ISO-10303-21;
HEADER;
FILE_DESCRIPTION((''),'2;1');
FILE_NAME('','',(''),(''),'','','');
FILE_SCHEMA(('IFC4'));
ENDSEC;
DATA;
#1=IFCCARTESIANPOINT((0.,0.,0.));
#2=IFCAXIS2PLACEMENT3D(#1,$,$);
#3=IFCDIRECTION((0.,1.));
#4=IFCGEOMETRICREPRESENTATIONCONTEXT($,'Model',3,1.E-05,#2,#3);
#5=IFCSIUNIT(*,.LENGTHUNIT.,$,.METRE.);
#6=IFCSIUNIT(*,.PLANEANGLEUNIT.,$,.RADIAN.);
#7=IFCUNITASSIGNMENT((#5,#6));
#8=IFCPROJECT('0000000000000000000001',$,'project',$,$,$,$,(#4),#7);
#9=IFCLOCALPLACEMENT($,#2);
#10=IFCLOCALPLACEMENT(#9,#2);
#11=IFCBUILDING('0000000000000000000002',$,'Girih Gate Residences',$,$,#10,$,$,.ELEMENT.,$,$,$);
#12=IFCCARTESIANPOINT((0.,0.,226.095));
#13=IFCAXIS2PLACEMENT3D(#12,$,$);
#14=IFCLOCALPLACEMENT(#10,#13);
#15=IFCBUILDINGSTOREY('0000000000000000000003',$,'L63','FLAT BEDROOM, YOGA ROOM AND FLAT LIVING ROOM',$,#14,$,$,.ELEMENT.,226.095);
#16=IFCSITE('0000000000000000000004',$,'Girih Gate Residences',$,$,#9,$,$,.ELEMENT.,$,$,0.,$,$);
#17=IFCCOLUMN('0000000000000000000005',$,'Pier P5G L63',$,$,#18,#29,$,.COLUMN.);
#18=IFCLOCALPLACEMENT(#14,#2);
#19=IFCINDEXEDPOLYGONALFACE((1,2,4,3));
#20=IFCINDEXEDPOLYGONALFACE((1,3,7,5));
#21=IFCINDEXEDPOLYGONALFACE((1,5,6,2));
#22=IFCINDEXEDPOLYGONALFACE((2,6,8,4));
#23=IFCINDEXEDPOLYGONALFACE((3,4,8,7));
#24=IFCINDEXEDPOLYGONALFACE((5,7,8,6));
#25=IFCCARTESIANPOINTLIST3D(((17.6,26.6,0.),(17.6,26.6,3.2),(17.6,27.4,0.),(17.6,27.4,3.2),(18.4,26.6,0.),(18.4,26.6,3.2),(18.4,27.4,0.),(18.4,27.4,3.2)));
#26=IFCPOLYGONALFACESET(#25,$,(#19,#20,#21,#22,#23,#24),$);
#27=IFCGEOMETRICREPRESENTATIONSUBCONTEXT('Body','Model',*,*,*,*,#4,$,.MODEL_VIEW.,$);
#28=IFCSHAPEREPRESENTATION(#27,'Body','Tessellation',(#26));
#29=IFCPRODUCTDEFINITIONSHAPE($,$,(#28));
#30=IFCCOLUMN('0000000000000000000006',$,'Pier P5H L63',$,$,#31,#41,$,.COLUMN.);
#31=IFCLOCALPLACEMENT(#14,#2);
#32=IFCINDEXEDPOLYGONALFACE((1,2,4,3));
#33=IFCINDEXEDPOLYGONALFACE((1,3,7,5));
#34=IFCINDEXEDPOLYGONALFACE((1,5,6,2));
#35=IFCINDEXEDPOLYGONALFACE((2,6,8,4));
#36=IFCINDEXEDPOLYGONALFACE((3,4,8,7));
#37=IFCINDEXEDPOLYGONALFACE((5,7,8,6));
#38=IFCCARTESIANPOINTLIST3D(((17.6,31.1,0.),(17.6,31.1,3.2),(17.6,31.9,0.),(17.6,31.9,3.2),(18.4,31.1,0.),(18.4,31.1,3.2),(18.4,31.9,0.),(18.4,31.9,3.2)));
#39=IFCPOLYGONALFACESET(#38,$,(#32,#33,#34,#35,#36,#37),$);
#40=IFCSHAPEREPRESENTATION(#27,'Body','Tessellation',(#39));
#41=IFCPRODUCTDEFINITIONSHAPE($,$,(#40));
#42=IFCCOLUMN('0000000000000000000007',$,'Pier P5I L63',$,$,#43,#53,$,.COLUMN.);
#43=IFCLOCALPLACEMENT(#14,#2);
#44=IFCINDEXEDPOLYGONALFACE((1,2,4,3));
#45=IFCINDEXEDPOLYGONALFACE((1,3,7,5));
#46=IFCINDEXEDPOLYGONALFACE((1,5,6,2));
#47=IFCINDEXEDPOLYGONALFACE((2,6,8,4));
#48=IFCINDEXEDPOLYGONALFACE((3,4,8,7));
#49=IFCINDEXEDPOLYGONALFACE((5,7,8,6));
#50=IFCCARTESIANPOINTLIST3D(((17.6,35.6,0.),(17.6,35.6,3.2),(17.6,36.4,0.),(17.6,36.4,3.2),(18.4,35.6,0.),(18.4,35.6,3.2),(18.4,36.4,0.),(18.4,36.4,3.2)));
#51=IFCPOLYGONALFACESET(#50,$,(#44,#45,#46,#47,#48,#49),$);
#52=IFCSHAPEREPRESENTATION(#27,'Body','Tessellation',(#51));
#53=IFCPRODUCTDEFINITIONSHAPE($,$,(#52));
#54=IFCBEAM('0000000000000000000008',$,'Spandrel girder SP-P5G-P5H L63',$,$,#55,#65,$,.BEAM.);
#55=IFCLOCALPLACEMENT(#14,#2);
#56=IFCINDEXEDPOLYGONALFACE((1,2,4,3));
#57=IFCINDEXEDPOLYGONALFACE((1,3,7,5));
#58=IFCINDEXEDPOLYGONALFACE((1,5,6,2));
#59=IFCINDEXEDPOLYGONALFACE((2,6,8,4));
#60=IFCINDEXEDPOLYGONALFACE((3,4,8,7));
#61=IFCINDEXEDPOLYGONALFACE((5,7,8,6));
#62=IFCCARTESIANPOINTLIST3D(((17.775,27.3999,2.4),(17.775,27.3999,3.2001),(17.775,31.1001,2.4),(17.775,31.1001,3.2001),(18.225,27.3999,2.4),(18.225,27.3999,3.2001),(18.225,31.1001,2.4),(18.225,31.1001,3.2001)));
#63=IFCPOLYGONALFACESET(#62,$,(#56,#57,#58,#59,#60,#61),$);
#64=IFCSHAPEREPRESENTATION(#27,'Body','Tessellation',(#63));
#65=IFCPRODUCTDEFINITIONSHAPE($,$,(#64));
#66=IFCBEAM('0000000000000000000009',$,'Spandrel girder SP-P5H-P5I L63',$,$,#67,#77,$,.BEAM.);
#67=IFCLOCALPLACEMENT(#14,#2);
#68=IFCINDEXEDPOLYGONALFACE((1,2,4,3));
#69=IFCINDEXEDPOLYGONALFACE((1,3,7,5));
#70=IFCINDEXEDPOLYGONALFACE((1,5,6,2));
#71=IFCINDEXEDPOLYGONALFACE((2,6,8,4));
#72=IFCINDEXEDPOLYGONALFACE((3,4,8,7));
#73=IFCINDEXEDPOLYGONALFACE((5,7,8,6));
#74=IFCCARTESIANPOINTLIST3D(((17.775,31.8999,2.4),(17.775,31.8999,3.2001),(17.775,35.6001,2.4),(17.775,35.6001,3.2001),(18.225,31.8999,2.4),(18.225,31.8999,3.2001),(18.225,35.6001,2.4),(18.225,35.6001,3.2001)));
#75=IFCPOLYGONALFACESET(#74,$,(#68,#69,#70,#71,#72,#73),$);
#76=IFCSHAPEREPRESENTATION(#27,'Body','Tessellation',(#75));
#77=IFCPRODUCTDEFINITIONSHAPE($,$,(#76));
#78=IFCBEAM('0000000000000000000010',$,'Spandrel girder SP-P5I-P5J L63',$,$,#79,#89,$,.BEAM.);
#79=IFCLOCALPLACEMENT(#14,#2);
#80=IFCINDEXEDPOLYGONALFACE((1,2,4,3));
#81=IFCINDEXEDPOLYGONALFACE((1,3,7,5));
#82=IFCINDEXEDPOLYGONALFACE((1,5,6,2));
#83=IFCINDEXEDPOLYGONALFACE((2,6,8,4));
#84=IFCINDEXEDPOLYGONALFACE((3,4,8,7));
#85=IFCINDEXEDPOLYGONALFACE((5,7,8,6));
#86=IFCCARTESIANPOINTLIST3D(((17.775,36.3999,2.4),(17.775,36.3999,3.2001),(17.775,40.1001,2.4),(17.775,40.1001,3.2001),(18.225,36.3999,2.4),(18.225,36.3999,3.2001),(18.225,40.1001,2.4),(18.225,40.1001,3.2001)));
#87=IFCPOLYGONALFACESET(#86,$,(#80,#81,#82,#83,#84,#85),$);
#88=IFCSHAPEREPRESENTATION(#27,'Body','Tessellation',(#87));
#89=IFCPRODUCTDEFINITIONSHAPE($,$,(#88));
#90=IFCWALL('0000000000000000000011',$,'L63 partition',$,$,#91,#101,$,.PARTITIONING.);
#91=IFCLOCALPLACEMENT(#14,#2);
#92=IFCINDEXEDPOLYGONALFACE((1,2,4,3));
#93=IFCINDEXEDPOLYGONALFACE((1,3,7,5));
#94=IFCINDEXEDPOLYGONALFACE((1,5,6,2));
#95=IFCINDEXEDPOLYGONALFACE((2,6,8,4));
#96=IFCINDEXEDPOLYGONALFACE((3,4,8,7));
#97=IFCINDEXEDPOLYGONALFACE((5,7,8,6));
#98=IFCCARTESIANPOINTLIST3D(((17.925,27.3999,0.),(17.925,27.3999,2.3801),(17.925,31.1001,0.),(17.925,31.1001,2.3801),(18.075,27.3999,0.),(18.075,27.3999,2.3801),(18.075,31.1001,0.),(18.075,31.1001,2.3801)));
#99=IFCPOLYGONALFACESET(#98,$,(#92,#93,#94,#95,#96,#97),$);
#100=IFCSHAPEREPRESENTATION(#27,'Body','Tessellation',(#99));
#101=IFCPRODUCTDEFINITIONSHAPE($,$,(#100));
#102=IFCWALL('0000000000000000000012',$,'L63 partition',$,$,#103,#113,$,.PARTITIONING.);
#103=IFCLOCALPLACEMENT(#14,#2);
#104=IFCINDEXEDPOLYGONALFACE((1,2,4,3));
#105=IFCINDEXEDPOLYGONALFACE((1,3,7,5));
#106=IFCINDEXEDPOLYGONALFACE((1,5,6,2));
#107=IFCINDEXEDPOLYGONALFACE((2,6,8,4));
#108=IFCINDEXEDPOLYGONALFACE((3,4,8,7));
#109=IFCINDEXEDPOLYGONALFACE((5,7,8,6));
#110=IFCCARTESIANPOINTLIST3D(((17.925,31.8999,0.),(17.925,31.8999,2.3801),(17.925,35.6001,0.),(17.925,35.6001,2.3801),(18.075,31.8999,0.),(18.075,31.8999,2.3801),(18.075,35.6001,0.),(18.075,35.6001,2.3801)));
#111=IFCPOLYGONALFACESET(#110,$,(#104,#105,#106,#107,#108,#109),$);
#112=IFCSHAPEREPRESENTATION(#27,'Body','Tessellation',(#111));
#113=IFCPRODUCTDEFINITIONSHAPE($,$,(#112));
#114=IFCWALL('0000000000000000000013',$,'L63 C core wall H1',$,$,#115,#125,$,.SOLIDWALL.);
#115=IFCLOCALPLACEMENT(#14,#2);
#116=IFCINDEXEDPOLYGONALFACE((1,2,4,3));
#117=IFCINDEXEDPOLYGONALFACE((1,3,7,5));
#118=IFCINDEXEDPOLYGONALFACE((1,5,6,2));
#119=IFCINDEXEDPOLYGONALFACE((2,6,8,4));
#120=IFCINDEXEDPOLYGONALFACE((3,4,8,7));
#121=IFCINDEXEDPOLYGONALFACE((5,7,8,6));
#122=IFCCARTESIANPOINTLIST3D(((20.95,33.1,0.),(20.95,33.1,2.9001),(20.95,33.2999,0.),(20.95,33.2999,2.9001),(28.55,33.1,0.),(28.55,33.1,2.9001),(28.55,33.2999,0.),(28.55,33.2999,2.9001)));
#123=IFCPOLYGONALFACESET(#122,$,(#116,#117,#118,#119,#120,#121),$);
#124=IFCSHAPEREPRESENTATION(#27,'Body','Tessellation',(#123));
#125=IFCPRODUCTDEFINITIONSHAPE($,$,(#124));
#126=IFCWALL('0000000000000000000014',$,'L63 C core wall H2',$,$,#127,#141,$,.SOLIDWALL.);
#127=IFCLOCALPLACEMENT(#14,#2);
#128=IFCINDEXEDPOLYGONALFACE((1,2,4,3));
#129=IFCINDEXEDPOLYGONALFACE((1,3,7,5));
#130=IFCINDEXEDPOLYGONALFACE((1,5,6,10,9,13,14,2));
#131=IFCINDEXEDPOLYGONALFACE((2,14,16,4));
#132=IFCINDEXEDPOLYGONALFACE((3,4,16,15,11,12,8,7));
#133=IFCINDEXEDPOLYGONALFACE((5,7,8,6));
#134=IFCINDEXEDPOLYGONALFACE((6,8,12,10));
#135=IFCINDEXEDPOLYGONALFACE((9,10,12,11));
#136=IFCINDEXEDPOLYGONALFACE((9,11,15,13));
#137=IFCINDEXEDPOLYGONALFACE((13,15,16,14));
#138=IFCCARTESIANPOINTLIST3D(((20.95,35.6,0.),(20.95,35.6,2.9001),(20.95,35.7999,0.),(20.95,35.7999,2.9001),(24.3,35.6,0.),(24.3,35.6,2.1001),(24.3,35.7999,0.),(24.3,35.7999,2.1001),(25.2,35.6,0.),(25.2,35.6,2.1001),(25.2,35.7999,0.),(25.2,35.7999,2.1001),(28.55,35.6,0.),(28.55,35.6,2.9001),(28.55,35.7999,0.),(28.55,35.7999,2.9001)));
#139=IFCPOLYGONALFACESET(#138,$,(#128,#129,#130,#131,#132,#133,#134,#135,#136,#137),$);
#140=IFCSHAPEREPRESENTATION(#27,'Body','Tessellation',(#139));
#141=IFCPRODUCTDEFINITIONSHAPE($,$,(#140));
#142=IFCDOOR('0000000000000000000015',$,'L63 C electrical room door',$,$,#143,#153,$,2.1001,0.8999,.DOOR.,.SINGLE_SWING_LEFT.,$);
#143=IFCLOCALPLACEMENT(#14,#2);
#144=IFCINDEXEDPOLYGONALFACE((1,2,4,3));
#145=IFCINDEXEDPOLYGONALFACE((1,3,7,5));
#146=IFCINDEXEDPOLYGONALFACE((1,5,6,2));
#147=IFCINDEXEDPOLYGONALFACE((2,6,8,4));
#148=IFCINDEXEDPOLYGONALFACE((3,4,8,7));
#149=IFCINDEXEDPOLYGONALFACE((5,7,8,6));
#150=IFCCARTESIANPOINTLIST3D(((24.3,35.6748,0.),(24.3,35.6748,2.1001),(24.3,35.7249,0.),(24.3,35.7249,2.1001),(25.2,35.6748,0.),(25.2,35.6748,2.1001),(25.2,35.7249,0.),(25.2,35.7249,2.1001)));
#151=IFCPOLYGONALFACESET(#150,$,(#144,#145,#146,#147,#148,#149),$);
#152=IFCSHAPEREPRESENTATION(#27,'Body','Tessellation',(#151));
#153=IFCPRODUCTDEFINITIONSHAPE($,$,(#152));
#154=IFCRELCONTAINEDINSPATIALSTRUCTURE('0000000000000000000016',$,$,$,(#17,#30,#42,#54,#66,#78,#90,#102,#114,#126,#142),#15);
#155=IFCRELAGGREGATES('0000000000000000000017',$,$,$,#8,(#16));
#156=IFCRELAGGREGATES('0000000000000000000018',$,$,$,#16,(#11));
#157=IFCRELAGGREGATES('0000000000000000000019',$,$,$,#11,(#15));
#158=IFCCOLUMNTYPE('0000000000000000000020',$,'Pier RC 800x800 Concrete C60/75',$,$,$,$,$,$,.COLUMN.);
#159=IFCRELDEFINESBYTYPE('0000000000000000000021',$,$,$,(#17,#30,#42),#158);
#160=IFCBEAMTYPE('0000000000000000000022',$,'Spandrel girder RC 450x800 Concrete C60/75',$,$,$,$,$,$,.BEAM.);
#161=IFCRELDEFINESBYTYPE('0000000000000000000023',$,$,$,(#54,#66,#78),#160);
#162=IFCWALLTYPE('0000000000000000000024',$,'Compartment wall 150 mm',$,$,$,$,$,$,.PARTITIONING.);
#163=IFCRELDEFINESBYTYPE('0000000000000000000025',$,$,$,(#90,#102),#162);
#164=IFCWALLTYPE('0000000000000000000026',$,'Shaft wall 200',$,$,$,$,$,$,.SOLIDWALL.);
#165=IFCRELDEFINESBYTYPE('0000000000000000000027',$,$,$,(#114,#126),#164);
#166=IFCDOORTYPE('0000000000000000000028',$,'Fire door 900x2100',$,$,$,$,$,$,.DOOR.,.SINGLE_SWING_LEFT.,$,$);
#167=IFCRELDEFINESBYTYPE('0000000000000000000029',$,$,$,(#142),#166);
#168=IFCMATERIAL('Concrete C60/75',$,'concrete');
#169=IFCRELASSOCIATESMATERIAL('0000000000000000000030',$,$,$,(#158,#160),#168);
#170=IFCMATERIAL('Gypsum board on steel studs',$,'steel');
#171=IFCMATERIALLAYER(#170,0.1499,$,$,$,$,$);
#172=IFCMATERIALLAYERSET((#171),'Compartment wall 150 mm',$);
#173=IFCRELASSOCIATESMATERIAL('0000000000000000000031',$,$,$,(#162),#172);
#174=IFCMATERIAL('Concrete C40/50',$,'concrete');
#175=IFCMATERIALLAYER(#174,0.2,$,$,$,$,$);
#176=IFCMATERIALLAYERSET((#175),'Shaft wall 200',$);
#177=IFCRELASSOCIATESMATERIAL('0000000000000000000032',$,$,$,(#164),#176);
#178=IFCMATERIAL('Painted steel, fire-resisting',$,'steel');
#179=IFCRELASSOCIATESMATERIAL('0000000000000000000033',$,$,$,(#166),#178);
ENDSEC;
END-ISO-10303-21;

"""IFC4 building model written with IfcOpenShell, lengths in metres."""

from ifc_helpers import new_model, si_unit, direction, frame, frame_2d, origin, origin_2d, place, context, subcontext, project, spatial, rectangle, extrude, material, layer, layer_set, material_profile, profile_set, type_object, element, fill, save


model = new_model("IFC4")

# Units and contexts
model_context = context("Model", 3, precision=1e-05, world=origin(), true_north=direction((0.0, 1.0)))
body_context = subcontext(model_context, "Body", "Model", "MODEL_VIEW")
ifc_project = project(units=[si_unit("LENGTHUNIT", "METRE"), si_unit("PLANEANGLEUNIT", "RADIAN")], contexts=[model_context])

# Site, building, storey
site_placement = place(None, origin())
site = spatial("IfcSite", under=ifc_project, at=site_placement, Name="Girih Gate Residences", CompositionType="ELEMENT", RefElevation=0.0)
building_placement = place(site_placement, origin())
building = spatial("IfcBuilding", under=site, at=building_placement, Name="Girih Gate Residences", CompositionType="ELEMENT")
storey_placement = place(building_placement, frame((0.0, 0.0, 226.095)))
storey = spatial("IfcBuildingStorey", under=building, at=storey_placement, Name="L63", Description="FLAT BEDROOM, YOGA ROOM AND FLAT LIVING ROOM", CompositionType="ELEMENT", Elevation=226.095)

# Columns
ifc_material_1 = material(Name="Concrete C60/75", Category="concrete")
ifc_material_profile_1 = material_profile(ifc_material_1, rectangle(XDim=0.8, YDim=0.8, at=origin_2d()))
ifc_profile_set_1 = profile_set([ifc_material_profile_1], Name="Concrete C60/75")
column_type = type_object("IfcColumnType", Name="Pier RC 800x800 Concrete C60/75", PredefinedType="COLUMN", material=ifc_profile_set_1)
for number, where, z_axis, x_axis, name in (
    (1, (18.0, 27.0, 0.0), (0.0, 0.0, 1.0), (1.0, 0.0, 0.0), "Pier P5G L63"),
    (2, (18.0, 31.5, 0.0), (0.0, 0.0, 1.0), (1.0, 0.0, 0.0), "Pier P5H L63"),
    (3, (18.0, 36.0, 0.0), (0.0, 0.0, 1.0), (1.0, 0.0, 0.0), "Pier P5I L63"),
):
    element("IfcColumn", number, at=place(storey_placement, frame(where, z_axis=z_axis, x_axis=x_axis)), inside=storey, type_object=column_type, Name=name, PredefinedType="COLUMN", context=body_context, shape_type="SweptSolid", body=[
        extrude(rectangle(XDim=0.8, YDim=0.8, at=origin_2d()), origin(), (0.0, 0.0, 1.0), 3.2),
    ])

# Beams
ifc_material_profile_2 = material_profile(ifc_material_1, rectangle(XDim=0.45, YDim=0.8, at=origin_2d()))
ifc_profile_set_2 = profile_set([ifc_material_profile_2], Name="Concrete C60/75")
beam_type = type_object("IfcBeamType", Name="Spandrel girder RC 450x800 Concrete C60/75", PredefinedType="BEAM", material=ifc_profile_set_2)
for number, where, z_axis, x_axis, name in (
    (4, (18.0, 27.3999, 2.8), (0.0, 1.0, 0.0), (-1.0, 0.0, 0.0), "Spandrel girder SP-P5G-P5H L63"),
    (5, (18.0, 31.8999, 2.8), (0.0, 1.0, 0.0), (-1.0, 0.0, 0.0), "Spandrel girder SP-P5H-P5I L63"),
    (6, (18.0, 36.3999, 2.8), (0.0, 1.0, 0.0), (-1.0, 0.0, 0.0), "Spandrel girder SP-P5I-P5J L63"),
):
    element("IfcBeam", number, at=place(storey_placement, frame(where, z_axis=z_axis, x_axis=x_axis)), inside=storey, type_object=beam_type, Name=name, PredefinedType="BEAM", context=body_context, shape_type="SweptSolid", body=[
        extrude(rectangle(XDim=0.45, YDim=0.8, at=origin_2d()), origin(), (0.0, 0.0, 1.0), 3.7002),
    ])

# Walls
ifc_material_2 = material(Name="Gypsum board on steel studs", Category="steel")
ifc_layer_1 = layer(ifc_material_2, 0.1499)
ifc_layer_set_1 = layer_set([ifc_layer_1], Name="Compartment wall 150 mm")
wall_type_1 = type_object("IfcWallType", Name="Compartment wall 150 mm", PredefinedType="PARTITIONING", material=ifc_layer_set_1)
for number, where, z_axis, x_axis, name in (
    (7, (18.0, 27.3999, 0.0), (0.0, 0.0, 1.0), (0.0, 1.0, 0.0), "L63 partition"),
    (8, (18.0, 31.8999, 0.0), (0.0, 0.0, 1.0), (0.0, 1.0, 0.0), "L63 partition"),
):
    element("IfcWall", number, at=place(storey_placement, frame(where, z_axis=z_axis, x_axis=x_axis)), inside=storey, type_object=wall_type_1, Name=name, PredefinedType="PARTITIONING", context=body_context, shape_type="SweptSolid", body=[
        extrude(rectangle(XDim=3.7002, YDim=0.1499, at=frame_2d((1.8501, 0.0))), origin(), (0.0, 0.0, 1.0), 2.3801),
    ])
ifc_material_3 = material(Name="Concrete C40/50", Category="concrete")
ifc_layer_2 = layer(ifc_material_3, 0.2)
ifc_layer_set_2 = layer_set([ifc_layer_2], Name="Shaft wall 200")
wall_type_2 = type_object("IfcWallType", Name="Shaft wall 200", PredefinedType="SOLIDWALL", material=ifc_layer_set_2)
wall_1_placement = place(storey_placement, frame((20.95, 33.2, 0.0), z_axis=(0.0, 0.0, 1.0), x_axis=(1.0, 0.0, 0.0)))
element("IfcWall", 9, at=wall_1_placement, inside=storey, type_object=wall_type_2, Name="L63 C core wall H1", PredefinedType="SOLIDWALL", context=body_context, shape_type="SweptSolid", body=[
    extrude(rectangle(XDim=7.6001, YDim=0.2, at=frame_2d((3.8, 0.0))), origin(), (0.0, 0.0, 1.0), 2.9001),
])

# Wall, opening, door
wall_2_placement = place(storey_placement, frame((20.95, 35.7, 0.0), z_axis=(0.0, 0.0, 1.0), x_axis=(1.0, 0.0, 0.0)))
wall_2 = element("IfcWall", 10, at=wall_2_placement, inside=storey, type_object=wall_type_2, Name="L63 C core wall H2", PredefinedType="SOLIDWALL", context=body_context, shape_type="SweptSolid", body=[
    extrude(rectangle(XDim=7.6001, YDim=0.2, at=frame_2d((3.8, 0.0))), origin(), (0.0, 0.0, 1.0), 2.9001),
])
opening_1_placement = place(wall_2_placement, frame((3.3501, 0.0, 0.0)))
opening_1 = element("IfcOpeningElement", 11, at=opening_1_placement, cuts=wall_2, PredefinedType="OPENING", context=body_context, shape_type="SweptSolid", body=[
    extrude(rectangle(XDim=0.8999, YDim=2.1001, at=frame_2d((0.45, 1.05))), frame((0.0, 0.1099, 0.0), z_axis=(0.0, -1.0, 0.0), x_axis=(1.0, 0.0, 0.0)), (0.0, 0.0, 1.0), 0.22),
])
ifc_material_4 = material(Name="Painted steel, fire-resisting", Category="steel")
door_type_1 = type_object("IfcDoorType", Name="Fire door 900x2100", OperationType="SINGLE_SWING_LEFT", PredefinedType="DOOR", material=ifc_material_4)
door_1_placement = place(opening_1_placement, origin())
door_1 = element("IfcDoor", 12, at=door_1_placement, inside=storey, type_object=door_type_1, Name="L63 C electrical room door", OperationType="SINGLE_SWING_LEFT", OverallHeight=2.1001, OverallWidth=0.8999, PredefinedType="DOOR", context=body_context, shape_type="SweptSolid", body=[
    extrude(rectangle(XDim=0.8999, YDim=2.1001, at=frame_2d((0.45, 1.05))), frame((0.0, 0.0249, 0.0), z_axis=(0.0, -1.0, 0.0), x_axis=(1.0, 0.0, 0.0)), (0.0, 0.0, 1.0), 0.05),
])
fill(opening_1, door_1)

save(model, "model.ifc")
